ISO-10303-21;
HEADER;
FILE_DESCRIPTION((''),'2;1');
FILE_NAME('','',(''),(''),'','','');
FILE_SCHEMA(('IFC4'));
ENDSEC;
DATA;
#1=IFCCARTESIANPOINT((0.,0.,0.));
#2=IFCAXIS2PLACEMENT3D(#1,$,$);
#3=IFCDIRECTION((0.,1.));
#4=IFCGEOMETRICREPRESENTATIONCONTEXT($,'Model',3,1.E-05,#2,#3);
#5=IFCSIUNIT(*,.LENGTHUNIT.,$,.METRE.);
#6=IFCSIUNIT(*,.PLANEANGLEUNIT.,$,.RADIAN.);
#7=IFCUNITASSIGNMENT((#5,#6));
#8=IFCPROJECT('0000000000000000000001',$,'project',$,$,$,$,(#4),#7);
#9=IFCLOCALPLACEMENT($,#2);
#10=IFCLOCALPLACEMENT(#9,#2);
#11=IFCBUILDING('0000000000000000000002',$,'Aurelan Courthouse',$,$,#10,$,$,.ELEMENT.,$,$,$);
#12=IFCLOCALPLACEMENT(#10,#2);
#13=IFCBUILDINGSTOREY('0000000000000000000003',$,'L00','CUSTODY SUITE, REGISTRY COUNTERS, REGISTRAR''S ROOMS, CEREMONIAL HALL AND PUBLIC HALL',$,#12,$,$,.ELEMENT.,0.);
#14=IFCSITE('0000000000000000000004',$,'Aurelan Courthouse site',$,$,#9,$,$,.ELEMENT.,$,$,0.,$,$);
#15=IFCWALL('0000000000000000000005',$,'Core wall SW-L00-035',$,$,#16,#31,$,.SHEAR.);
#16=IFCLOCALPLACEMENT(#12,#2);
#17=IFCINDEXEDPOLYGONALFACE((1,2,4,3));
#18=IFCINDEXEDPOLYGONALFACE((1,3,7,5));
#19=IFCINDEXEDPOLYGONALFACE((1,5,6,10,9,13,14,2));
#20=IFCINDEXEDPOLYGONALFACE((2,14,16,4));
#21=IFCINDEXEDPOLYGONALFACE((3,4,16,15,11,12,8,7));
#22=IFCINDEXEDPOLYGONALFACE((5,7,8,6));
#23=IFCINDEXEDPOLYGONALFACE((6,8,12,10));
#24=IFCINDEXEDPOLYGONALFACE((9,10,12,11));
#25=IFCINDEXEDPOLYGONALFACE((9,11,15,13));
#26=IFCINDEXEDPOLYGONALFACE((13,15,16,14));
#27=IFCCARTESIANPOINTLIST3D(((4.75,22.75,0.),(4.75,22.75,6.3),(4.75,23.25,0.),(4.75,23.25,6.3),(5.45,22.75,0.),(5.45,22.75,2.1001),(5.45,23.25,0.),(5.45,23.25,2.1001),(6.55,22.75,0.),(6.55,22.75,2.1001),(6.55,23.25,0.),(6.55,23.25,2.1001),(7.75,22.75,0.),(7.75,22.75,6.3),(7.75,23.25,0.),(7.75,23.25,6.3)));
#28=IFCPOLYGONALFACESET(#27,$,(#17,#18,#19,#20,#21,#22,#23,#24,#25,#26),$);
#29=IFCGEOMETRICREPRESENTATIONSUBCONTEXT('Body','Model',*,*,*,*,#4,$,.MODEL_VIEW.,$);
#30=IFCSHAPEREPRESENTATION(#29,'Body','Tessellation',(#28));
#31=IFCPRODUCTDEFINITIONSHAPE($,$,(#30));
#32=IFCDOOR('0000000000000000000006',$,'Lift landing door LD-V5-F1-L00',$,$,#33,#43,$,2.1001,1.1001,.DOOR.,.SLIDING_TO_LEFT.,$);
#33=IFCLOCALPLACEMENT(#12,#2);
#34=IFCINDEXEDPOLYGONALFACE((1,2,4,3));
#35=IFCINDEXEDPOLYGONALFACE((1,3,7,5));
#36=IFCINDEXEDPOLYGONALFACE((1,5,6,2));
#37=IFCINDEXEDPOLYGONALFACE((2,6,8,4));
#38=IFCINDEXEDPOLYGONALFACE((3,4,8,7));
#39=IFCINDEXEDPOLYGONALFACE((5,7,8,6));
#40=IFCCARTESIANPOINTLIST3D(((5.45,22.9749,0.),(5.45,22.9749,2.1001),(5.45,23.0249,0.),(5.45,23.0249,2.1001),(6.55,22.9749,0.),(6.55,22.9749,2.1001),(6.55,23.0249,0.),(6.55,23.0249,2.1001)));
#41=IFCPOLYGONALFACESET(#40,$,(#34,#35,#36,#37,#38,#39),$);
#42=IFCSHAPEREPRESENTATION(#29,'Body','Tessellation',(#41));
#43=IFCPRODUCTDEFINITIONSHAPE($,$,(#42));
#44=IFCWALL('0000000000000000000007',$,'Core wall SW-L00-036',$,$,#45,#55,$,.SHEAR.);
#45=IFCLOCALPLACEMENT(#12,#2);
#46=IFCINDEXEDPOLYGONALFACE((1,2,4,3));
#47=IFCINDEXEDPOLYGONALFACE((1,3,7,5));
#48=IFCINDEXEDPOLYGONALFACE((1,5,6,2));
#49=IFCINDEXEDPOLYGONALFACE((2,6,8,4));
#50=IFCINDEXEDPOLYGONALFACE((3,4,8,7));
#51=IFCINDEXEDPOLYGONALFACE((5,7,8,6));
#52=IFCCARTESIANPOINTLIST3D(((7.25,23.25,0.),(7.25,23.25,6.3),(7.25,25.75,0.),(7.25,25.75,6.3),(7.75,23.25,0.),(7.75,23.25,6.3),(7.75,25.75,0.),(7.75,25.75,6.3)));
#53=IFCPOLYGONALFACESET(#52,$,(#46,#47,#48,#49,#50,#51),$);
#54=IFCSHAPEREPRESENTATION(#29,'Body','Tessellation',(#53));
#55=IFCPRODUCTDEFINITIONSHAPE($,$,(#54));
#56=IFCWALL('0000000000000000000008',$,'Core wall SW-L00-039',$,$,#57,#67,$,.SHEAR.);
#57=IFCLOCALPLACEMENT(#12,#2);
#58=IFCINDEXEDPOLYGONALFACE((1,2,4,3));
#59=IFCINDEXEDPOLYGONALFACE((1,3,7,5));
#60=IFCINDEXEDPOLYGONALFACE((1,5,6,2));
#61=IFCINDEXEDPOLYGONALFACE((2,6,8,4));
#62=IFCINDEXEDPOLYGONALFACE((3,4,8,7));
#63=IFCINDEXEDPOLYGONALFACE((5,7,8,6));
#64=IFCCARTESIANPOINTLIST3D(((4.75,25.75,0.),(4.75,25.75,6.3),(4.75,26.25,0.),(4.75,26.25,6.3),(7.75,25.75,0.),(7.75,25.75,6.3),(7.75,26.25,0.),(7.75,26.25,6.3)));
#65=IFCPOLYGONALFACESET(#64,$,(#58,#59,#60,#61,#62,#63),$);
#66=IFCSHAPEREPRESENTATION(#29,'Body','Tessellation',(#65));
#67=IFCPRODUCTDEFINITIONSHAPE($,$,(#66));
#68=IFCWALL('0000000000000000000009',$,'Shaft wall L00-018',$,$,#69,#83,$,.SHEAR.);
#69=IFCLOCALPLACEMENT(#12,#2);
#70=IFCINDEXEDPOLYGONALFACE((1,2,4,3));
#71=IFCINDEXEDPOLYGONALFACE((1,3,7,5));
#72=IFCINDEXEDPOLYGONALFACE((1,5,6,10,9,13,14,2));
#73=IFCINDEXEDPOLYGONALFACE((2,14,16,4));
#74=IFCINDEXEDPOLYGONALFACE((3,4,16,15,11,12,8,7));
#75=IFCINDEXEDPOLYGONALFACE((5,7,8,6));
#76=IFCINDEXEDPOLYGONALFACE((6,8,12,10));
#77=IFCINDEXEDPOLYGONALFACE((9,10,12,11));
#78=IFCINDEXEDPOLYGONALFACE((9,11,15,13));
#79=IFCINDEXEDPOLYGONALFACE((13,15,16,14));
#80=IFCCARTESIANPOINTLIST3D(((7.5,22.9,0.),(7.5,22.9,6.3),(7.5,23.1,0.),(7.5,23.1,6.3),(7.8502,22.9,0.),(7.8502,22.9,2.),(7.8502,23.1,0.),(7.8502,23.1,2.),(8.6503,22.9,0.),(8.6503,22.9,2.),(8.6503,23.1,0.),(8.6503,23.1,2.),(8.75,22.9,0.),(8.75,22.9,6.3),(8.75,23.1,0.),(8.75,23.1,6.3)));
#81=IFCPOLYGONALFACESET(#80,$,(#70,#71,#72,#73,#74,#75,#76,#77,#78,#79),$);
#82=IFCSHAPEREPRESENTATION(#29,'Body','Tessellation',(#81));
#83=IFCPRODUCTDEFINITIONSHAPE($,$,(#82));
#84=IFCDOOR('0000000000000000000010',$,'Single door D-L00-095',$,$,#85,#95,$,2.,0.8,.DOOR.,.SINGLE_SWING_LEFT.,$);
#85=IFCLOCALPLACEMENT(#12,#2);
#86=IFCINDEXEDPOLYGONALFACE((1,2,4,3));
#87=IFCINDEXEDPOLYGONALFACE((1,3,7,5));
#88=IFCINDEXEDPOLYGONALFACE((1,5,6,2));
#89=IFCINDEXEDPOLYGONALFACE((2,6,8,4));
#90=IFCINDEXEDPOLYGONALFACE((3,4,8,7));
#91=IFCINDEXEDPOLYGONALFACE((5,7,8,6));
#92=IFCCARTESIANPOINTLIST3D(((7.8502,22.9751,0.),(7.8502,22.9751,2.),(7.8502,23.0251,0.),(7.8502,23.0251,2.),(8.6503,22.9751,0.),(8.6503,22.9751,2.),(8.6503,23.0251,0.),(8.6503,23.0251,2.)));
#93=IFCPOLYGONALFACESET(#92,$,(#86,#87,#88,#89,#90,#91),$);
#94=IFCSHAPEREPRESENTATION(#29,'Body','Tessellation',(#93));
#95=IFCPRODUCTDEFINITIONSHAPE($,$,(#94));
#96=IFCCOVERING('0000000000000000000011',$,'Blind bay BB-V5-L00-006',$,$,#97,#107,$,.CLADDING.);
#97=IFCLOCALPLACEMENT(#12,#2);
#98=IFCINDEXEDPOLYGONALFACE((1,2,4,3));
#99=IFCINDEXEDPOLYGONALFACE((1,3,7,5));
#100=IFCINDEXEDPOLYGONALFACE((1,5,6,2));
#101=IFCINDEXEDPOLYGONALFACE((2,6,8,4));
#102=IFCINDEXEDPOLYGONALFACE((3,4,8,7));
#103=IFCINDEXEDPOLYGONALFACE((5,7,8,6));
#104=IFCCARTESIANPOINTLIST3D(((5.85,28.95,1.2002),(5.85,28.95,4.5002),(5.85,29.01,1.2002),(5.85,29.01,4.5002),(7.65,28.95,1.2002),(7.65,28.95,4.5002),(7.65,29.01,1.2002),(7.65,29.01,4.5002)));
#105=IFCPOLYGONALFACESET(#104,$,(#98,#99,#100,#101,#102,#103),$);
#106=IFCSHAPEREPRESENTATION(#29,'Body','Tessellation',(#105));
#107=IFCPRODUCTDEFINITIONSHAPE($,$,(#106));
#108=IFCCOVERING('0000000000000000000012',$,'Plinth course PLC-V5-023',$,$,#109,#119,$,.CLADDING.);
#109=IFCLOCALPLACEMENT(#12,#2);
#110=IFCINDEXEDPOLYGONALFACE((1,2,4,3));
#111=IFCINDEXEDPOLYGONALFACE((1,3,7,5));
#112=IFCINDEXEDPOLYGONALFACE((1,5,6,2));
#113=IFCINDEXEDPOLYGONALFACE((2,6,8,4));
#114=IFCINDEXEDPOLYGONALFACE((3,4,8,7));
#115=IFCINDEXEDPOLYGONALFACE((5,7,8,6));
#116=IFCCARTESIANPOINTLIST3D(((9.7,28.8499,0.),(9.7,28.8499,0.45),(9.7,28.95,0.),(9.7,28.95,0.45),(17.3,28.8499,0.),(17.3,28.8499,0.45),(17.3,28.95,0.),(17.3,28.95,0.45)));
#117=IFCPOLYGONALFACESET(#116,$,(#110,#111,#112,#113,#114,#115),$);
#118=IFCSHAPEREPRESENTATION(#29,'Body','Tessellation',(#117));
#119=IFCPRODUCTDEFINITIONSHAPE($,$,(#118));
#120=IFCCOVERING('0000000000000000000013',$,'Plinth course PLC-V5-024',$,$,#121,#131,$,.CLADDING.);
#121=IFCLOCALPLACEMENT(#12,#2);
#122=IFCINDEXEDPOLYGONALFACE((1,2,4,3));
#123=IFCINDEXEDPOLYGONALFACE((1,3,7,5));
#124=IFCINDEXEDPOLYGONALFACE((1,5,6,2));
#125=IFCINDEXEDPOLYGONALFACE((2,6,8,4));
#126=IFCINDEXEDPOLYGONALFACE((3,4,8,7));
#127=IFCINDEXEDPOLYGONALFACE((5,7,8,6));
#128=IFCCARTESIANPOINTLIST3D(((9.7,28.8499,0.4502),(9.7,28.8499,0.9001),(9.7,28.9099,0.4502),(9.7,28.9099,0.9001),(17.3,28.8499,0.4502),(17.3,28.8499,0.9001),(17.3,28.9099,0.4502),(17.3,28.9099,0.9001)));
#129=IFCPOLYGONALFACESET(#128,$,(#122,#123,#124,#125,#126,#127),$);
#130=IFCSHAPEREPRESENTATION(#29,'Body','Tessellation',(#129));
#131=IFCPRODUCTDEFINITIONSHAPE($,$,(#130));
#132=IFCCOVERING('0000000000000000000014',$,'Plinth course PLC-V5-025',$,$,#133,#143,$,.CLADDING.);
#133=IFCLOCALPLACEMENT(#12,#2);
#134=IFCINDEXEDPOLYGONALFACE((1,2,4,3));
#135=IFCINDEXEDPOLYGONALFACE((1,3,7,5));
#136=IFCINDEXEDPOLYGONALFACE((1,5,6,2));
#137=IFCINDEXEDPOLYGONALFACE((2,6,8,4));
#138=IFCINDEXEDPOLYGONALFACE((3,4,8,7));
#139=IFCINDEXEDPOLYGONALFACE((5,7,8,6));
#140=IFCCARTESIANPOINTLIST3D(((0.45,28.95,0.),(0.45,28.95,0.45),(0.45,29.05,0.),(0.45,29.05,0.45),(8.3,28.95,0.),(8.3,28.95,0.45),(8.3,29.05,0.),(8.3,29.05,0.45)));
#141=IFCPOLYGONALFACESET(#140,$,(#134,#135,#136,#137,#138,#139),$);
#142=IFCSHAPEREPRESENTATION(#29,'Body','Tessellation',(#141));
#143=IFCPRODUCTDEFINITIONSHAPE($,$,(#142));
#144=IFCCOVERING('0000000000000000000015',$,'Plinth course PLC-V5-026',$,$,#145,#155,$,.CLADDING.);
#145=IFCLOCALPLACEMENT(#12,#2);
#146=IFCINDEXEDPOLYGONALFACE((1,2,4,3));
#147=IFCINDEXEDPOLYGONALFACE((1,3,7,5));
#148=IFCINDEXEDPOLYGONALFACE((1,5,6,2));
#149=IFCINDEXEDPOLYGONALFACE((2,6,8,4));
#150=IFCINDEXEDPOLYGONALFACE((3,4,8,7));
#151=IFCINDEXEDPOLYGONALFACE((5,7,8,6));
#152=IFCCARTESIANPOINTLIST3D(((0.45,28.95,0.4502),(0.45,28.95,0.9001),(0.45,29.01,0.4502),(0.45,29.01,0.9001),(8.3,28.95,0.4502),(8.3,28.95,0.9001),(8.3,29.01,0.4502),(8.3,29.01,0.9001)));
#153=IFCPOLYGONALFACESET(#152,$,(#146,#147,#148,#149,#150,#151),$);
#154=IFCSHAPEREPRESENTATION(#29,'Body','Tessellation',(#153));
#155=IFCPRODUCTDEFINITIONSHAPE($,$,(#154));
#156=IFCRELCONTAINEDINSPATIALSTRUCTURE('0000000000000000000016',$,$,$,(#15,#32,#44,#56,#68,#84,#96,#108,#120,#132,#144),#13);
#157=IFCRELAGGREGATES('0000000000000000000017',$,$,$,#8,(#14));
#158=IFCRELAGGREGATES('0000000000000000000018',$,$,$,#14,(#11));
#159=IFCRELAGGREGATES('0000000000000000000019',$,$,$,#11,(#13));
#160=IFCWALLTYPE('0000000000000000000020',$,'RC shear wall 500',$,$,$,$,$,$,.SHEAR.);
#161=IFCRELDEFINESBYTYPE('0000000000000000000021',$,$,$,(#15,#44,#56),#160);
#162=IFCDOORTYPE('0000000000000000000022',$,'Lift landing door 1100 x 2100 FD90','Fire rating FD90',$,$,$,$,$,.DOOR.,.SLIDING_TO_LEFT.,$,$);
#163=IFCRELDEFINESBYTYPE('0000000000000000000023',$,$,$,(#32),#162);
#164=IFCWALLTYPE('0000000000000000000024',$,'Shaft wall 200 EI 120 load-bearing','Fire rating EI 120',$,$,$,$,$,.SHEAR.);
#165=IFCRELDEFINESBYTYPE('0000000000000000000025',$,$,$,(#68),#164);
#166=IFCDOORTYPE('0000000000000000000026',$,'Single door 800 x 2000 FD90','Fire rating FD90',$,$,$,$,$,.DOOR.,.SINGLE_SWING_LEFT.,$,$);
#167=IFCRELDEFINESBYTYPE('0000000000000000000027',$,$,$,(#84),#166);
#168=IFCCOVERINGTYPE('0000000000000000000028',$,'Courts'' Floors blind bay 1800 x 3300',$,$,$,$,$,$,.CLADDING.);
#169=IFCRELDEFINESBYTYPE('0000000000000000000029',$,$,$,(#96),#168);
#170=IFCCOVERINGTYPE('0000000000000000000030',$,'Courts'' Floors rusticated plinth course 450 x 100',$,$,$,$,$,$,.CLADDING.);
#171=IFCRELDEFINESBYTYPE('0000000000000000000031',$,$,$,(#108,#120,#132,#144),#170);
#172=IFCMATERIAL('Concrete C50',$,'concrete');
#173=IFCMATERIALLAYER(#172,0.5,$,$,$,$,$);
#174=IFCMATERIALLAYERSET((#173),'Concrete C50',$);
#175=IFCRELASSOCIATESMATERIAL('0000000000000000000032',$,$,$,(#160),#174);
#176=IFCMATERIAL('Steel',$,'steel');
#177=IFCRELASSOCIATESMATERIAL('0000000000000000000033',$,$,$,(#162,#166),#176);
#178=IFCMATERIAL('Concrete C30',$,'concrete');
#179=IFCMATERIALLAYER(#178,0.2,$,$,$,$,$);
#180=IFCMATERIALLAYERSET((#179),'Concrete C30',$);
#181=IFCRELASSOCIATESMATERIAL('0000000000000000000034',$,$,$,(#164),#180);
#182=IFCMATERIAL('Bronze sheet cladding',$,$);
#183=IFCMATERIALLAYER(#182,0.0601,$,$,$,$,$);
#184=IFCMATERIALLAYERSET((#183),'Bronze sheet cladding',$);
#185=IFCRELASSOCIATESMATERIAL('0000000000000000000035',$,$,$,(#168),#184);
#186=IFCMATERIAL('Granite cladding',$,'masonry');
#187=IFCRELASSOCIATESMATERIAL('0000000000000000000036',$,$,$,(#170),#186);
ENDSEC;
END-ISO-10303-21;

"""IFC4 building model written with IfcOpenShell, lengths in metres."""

from ifc_helpers import new_model, si_unit, direction, frame, frame_2d, origin, origin_2d, place, context, subcontext, project, spatial, rectangle, extrude, material, layer, layer_set, type_object, element, fill, save


model = new_model("IFC4")

# Units and contexts
model_context = context("Model", 3, precision=1e-05, world=origin(), true_north=direction((0.0, 1.0)))
body_context = subcontext(model_context, "Body", "Model", "MODEL_VIEW")
ifc_project = project(units=[si_unit("LENGTHUNIT", "METRE"), si_unit("PLANEANGLEUNIT", "RADIAN")], contexts=[model_context])

# Site, building, storey
site_placement = place(None, origin())
site = spatial("IfcSite", under=ifc_project, at=site_placement, Name="Aurelan Courthouse site", CompositionType="ELEMENT", RefElevation=0.0)
building_placement = place(site_placement, origin())
building = spatial("IfcBuilding", under=site, at=building_placement, Name="Aurelan Courthouse", CompositionType="ELEMENT")
storey_placement = place(building_placement, origin())
storey = spatial("IfcBuildingStorey", under=building, at=storey_placement, Name="L00", Description="CUSTODY SUITE, REGISTRY COUNTERS, REGISTRAR'S ROOMS, CEREMONIAL HALL AND PUBLIC HALL", CompositionType="ELEMENT", Elevation=0.0)

# Shared definitions
ifc_material_1 = material(Name="Concrete C50", Category="concrete")

# Shared definitions
ifc_material_2 = material(Name="Granite cladding", Category="masonry")
ifc_material_3 = material(Name="Concrete C30", Category="concrete")

# Shared definitions
ifc_layer_1 = layer(ifc_material_1, 0.5)
ifc_layer_set_1 = layer_set([ifc_layer_1], Name="Concrete C50")
wall_type_1 = type_object("IfcWallType", Name="RC shear wall 500", PredefinedType="SHEAR", material=ifc_layer_set_1)
ifc_material_4 = material(Name="Steel", Category="steel")

# Wall, opening, door
wall_1_placement = place(storey_placement, frame((4.75, 23.0, 0.0), z_axis=(0.0, 0.0, 1.0), x_axis=(1.0, 0.0, 0.0)))
wall_1 = element("IfcWall", 1, at=wall_1_placement, inside=storey, type_object=wall_type_1, Name="Core wall SW-L00-035", PredefinedType="SHEAR", context=body_context, shape_type="SweptSolid", body=[
    extrude(rectangle(XDim=3.0, YDim=0.5, at=frame_2d((1.5, 0.0))), origin(), (0.0, 0.0, 1.0), 6.3),
])
opening_1_placement = place(wall_1_placement, frame((0.7, 0.0, 0.0)))
opening_1 = element("IfcOpeningElement", 2, at=opening_1_placement, cuts=wall_1, PredefinedType="OPENING", context=body_context, shape_type="SweptSolid", body=[
    extrude(rectangle(XDim=1.1001, YDim=2.1001, at=frame_2d((0.55, 1.05))), frame((0.0, 0.26, 0.0), z_axis=(0.0, -1.0, 0.0), x_axis=(1.0, 0.0, 0.0)), (0.0, 0.0, 1.0), 0.52),
])
door_type_1 = type_object("IfcDoorType", Name="Lift landing door 1100 x 2100 FD90", Description="Fire rating FD90", OperationType="SLIDING_TO_LEFT", PredefinedType="DOOR", material=ifc_material_4)
door_1_placement = place(opening_1_placement, origin())
door_1 = element("IfcDoor", 3, at=door_1_placement, inside=storey, type_object=door_type_1, Name="Lift landing door LD-V5-F1-L00", OperationType="SLIDING_TO_LEFT", OverallHeight=2.1001, OverallWidth=1.1001, PredefinedType="DOOR", context=body_context, shape_type="SweptSolid", body=[
    extrude(rectangle(XDim=1.1001, YDim=2.1001, at=frame_2d((0.55, 1.05))), frame((0.0, 0.0249, 0.0), z_axis=(0.0, -1.0, 0.0), x_axis=(1.0, 0.0, 0.0)), (0.0, 0.0, 1.0), 0.05),
])
fill(opening_1, door_1)

# Walls
wall_2_placement = place(storey_placement, frame((7.5, 23.25, 0.0), z_axis=(0.0, 0.0, 1.0), x_axis=(0.0, 1.0, 0.0)))
element("IfcWall", 4, at=wall_2_placement, inside=storey, type_object=wall_type_1, Name="Core wall SW-L00-036", PredefinedType="SHEAR", context=body_context, shape_type="SweptSolid", body=[
    extrude(rectangle(XDim=2.5, YDim=0.5, at=frame_2d((1.25, 0.0))), origin(), (0.0, 0.0, 1.0), 6.3),
])
wall_3_placement = place(storey_placement, frame((4.75, 26.0, 0.0), z_axis=(0.0, 0.0, 1.0), x_axis=(1.0, 0.0, 0.0)))
element("IfcWall", 5, at=wall_3_placement, inside=storey, type_object=wall_type_1, Name="Core wall SW-L00-039", PredefinedType="SHEAR", context=body_context, shape_type="SweptSolid", body=[
    extrude(rectangle(XDim=3.0, YDim=0.5, at=frame_2d((1.5, 0.0))), origin(), (0.0, 0.0, 1.0), 6.3),
])

# Wall, opening, door
ifc_layer_2 = layer(ifc_material_3, 0.2)
ifc_layer_set_2 = layer_set([ifc_layer_2], Name="Concrete C30")
wall_type_2 = type_object("IfcWallType", Name="Shaft wall 200 EI 120 load-bearing", Description="Fire rating EI 120", PredefinedType="SHEAR", material=ifc_layer_set_2)
wall_4_placement = place(storey_placement, frame((7.5, 23.0, 0.0), z_axis=(0.0, 0.0, 1.0), x_axis=(1.0, 0.0, 0.0)))
wall_4 = element("IfcWall", 6, at=wall_4_placement, inside=storey, type_object=wall_type_2, Name="Shaft wall L00-018", PredefinedType="SHEAR", context=body_context, shape_type="SweptSolid", body=[
    extrude(rectangle(XDim=1.25, YDim=0.2, at=frame_2d((0.625, 0.0))), origin(), (0.0, 0.0, 1.0), 6.3),
])
opening_2_placement = place(wall_4_placement, frame((1.1501, 0.0, 0.0), z_axis=(0.0, 0.0, 1.0), x_axis=(-1.0, 0.0, 0.0)))
opening_2 = element("IfcOpeningElement", 7, at=opening_2_placement, cuts=wall_4, PredefinedType="OPENING", context=body_context, shape_type="SweptSolid", body=[
    extrude(rectangle(XDim=0.8, YDim=2.0, at=frame_2d((0.3999, 1.0))), frame((0.0, 0.1099, 0.0), z_axis=(0.0, -1.0, 0.0), x_axis=(1.0, 0.0, 0.0)), (0.0, 0.0, 1.0), 0.22),
])
door_type_2 = type_object("IfcDoorType", Name="Single door 800 x 2000 FD90", Description="Fire rating FD90", OperationType="SINGLE_SWING_LEFT", PredefinedType="DOOR", material=ifc_material_4)
door_2_placement = place(opening_2_placement, origin())
door_2 = element("IfcDoor", 8, at=door_2_placement, inside=storey, type_object=door_type_2, Name="Single door D-L00-095", OperationType="SINGLE_SWING_LEFT", OverallHeight=2.0, OverallWidth=0.8, PredefinedType="DOOR", context=body_context, shape_type="SweptSolid", body=[
    extrude(rectangle(XDim=0.8, YDim=2.0, at=frame_2d((0.3999, 1.0))), frame((0.0, 0.0249, 0.0), z_axis=(0.0, -1.0, 0.0), x_axis=(1.0, 0.0, 0.0)), (0.0, 0.0, 1.0), 0.05),
])
fill(opening_2, door_2)

# Coverings
ifc_material_5 = material(Name="Bronze sheet cladding")
ifc_layer_3 = layer(ifc_material_5, 0.0601)
ifc_layer_set_3 = layer_set([ifc_layer_3], Name="Bronze sheet cladding")
covering_type_1 = type_object("IfcCoveringType", Name="Courts' Floors blind bay 1800 x 3300", PredefinedType="CLADDING", material=ifc_layer_set_3)
covering_1_placement = place(storey_placement, frame((6.75, 28.98, 1.2002), z_axis=(0.0, 0.0, 1.0), x_axis=(1.0, 0.0, 0.0)))
element("IfcCovering", 9, at=covering_1_placement, inside=storey, type_object=covering_type_1, Name="Blind bay BB-V5-L00-006", PredefinedType="CLADDING", context=body_context, shape_type="SweptSolid", body=[
    extrude(rectangle(XDim=1.8, YDim=0.0601, at=origin_2d()), origin(), (0.0, 0.0, 1.0), 3.3),
])
covering_type_2 = type_object("IfcCoveringType", Name="Courts' Floors rusticated plinth course 450 x 100", PredefinedType="CLADDING", material=ifc_material_2)
covering_2_placement = place(storey_placement, frame((13.5, 28.8999, 0.0), z_axis=(0.0, 0.0, 1.0), x_axis=(1.0, 0.0, 0.0)))
element("IfcCovering", 10, at=covering_2_placement, inside=storey, type_object=covering_type_2, Name="Plinth course PLC-V5-023", PredefinedType="CLADDING", context=body_context, shape_type="SweptSolid", body=[
    extrude(rectangle(XDim=7.6001, YDim=0.1001, at=origin_2d()), origin(), (0.0, 0.0, 1.0), 0.45),
])
covering_3_placement = place(storey_placement, frame((13.5, 28.8799, 0.4502), z_axis=(0.0, 0.0, 1.0), x_axis=(1.0, 0.0, 0.0)))
element("IfcCovering", 11, at=covering_3_placement, inside=storey, type_object=covering_type_2, Name="Plinth course PLC-V5-024", PredefinedType="CLADDING", context=body_context, shape_type="SweptSolid", body=[
    extrude(rectangle(XDim=7.6001, YDim=0.0601, at=origin_2d()), origin(), (0.0, 0.0, 1.0), 0.45),
])
covering_4_placement = place(storey_placement, frame((4.375, 29.0, 0.0), z_axis=(0.0, 0.0, 1.0), x_axis=(1.0, 0.0, 0.0)))
element("IfcCovering", 12, at=covering_4_placement, inside=storey, type_object=covering_type_2, Name="Plinth course PLC-V5-025", PredefinedType="CLADDING", context=body_context, shape_type="SweptSolid", body=[
    extrude(rectangle(XDim=7.8501, YDim=0.1001, at=origin_2d()), origin(), (0.0, 0.0, 1.0), 0.45),
])
covering_5_placement = place(storey_placement, frame((4.375, 28.98, 0.4502), z_axis=(0.0, 0.0, 1.0), x_axis=(1.0, 0.0, 0.0)))
element("IfcCovering", 13, at=covering_5_placement, inside=storey, type_object=covering_type_2, Name="Plinth course PLC-V5-026", PredefinedType="CLADDING", context=body_context, shape_type="SweptSolid", body=[
    extrude(rectangle(XDim=7.8501, YDim=0.0601, at=origin_2d()), origin(), (0.0, 0.0, 1.0), 0.45),
])

save(model, "model.ifc")
